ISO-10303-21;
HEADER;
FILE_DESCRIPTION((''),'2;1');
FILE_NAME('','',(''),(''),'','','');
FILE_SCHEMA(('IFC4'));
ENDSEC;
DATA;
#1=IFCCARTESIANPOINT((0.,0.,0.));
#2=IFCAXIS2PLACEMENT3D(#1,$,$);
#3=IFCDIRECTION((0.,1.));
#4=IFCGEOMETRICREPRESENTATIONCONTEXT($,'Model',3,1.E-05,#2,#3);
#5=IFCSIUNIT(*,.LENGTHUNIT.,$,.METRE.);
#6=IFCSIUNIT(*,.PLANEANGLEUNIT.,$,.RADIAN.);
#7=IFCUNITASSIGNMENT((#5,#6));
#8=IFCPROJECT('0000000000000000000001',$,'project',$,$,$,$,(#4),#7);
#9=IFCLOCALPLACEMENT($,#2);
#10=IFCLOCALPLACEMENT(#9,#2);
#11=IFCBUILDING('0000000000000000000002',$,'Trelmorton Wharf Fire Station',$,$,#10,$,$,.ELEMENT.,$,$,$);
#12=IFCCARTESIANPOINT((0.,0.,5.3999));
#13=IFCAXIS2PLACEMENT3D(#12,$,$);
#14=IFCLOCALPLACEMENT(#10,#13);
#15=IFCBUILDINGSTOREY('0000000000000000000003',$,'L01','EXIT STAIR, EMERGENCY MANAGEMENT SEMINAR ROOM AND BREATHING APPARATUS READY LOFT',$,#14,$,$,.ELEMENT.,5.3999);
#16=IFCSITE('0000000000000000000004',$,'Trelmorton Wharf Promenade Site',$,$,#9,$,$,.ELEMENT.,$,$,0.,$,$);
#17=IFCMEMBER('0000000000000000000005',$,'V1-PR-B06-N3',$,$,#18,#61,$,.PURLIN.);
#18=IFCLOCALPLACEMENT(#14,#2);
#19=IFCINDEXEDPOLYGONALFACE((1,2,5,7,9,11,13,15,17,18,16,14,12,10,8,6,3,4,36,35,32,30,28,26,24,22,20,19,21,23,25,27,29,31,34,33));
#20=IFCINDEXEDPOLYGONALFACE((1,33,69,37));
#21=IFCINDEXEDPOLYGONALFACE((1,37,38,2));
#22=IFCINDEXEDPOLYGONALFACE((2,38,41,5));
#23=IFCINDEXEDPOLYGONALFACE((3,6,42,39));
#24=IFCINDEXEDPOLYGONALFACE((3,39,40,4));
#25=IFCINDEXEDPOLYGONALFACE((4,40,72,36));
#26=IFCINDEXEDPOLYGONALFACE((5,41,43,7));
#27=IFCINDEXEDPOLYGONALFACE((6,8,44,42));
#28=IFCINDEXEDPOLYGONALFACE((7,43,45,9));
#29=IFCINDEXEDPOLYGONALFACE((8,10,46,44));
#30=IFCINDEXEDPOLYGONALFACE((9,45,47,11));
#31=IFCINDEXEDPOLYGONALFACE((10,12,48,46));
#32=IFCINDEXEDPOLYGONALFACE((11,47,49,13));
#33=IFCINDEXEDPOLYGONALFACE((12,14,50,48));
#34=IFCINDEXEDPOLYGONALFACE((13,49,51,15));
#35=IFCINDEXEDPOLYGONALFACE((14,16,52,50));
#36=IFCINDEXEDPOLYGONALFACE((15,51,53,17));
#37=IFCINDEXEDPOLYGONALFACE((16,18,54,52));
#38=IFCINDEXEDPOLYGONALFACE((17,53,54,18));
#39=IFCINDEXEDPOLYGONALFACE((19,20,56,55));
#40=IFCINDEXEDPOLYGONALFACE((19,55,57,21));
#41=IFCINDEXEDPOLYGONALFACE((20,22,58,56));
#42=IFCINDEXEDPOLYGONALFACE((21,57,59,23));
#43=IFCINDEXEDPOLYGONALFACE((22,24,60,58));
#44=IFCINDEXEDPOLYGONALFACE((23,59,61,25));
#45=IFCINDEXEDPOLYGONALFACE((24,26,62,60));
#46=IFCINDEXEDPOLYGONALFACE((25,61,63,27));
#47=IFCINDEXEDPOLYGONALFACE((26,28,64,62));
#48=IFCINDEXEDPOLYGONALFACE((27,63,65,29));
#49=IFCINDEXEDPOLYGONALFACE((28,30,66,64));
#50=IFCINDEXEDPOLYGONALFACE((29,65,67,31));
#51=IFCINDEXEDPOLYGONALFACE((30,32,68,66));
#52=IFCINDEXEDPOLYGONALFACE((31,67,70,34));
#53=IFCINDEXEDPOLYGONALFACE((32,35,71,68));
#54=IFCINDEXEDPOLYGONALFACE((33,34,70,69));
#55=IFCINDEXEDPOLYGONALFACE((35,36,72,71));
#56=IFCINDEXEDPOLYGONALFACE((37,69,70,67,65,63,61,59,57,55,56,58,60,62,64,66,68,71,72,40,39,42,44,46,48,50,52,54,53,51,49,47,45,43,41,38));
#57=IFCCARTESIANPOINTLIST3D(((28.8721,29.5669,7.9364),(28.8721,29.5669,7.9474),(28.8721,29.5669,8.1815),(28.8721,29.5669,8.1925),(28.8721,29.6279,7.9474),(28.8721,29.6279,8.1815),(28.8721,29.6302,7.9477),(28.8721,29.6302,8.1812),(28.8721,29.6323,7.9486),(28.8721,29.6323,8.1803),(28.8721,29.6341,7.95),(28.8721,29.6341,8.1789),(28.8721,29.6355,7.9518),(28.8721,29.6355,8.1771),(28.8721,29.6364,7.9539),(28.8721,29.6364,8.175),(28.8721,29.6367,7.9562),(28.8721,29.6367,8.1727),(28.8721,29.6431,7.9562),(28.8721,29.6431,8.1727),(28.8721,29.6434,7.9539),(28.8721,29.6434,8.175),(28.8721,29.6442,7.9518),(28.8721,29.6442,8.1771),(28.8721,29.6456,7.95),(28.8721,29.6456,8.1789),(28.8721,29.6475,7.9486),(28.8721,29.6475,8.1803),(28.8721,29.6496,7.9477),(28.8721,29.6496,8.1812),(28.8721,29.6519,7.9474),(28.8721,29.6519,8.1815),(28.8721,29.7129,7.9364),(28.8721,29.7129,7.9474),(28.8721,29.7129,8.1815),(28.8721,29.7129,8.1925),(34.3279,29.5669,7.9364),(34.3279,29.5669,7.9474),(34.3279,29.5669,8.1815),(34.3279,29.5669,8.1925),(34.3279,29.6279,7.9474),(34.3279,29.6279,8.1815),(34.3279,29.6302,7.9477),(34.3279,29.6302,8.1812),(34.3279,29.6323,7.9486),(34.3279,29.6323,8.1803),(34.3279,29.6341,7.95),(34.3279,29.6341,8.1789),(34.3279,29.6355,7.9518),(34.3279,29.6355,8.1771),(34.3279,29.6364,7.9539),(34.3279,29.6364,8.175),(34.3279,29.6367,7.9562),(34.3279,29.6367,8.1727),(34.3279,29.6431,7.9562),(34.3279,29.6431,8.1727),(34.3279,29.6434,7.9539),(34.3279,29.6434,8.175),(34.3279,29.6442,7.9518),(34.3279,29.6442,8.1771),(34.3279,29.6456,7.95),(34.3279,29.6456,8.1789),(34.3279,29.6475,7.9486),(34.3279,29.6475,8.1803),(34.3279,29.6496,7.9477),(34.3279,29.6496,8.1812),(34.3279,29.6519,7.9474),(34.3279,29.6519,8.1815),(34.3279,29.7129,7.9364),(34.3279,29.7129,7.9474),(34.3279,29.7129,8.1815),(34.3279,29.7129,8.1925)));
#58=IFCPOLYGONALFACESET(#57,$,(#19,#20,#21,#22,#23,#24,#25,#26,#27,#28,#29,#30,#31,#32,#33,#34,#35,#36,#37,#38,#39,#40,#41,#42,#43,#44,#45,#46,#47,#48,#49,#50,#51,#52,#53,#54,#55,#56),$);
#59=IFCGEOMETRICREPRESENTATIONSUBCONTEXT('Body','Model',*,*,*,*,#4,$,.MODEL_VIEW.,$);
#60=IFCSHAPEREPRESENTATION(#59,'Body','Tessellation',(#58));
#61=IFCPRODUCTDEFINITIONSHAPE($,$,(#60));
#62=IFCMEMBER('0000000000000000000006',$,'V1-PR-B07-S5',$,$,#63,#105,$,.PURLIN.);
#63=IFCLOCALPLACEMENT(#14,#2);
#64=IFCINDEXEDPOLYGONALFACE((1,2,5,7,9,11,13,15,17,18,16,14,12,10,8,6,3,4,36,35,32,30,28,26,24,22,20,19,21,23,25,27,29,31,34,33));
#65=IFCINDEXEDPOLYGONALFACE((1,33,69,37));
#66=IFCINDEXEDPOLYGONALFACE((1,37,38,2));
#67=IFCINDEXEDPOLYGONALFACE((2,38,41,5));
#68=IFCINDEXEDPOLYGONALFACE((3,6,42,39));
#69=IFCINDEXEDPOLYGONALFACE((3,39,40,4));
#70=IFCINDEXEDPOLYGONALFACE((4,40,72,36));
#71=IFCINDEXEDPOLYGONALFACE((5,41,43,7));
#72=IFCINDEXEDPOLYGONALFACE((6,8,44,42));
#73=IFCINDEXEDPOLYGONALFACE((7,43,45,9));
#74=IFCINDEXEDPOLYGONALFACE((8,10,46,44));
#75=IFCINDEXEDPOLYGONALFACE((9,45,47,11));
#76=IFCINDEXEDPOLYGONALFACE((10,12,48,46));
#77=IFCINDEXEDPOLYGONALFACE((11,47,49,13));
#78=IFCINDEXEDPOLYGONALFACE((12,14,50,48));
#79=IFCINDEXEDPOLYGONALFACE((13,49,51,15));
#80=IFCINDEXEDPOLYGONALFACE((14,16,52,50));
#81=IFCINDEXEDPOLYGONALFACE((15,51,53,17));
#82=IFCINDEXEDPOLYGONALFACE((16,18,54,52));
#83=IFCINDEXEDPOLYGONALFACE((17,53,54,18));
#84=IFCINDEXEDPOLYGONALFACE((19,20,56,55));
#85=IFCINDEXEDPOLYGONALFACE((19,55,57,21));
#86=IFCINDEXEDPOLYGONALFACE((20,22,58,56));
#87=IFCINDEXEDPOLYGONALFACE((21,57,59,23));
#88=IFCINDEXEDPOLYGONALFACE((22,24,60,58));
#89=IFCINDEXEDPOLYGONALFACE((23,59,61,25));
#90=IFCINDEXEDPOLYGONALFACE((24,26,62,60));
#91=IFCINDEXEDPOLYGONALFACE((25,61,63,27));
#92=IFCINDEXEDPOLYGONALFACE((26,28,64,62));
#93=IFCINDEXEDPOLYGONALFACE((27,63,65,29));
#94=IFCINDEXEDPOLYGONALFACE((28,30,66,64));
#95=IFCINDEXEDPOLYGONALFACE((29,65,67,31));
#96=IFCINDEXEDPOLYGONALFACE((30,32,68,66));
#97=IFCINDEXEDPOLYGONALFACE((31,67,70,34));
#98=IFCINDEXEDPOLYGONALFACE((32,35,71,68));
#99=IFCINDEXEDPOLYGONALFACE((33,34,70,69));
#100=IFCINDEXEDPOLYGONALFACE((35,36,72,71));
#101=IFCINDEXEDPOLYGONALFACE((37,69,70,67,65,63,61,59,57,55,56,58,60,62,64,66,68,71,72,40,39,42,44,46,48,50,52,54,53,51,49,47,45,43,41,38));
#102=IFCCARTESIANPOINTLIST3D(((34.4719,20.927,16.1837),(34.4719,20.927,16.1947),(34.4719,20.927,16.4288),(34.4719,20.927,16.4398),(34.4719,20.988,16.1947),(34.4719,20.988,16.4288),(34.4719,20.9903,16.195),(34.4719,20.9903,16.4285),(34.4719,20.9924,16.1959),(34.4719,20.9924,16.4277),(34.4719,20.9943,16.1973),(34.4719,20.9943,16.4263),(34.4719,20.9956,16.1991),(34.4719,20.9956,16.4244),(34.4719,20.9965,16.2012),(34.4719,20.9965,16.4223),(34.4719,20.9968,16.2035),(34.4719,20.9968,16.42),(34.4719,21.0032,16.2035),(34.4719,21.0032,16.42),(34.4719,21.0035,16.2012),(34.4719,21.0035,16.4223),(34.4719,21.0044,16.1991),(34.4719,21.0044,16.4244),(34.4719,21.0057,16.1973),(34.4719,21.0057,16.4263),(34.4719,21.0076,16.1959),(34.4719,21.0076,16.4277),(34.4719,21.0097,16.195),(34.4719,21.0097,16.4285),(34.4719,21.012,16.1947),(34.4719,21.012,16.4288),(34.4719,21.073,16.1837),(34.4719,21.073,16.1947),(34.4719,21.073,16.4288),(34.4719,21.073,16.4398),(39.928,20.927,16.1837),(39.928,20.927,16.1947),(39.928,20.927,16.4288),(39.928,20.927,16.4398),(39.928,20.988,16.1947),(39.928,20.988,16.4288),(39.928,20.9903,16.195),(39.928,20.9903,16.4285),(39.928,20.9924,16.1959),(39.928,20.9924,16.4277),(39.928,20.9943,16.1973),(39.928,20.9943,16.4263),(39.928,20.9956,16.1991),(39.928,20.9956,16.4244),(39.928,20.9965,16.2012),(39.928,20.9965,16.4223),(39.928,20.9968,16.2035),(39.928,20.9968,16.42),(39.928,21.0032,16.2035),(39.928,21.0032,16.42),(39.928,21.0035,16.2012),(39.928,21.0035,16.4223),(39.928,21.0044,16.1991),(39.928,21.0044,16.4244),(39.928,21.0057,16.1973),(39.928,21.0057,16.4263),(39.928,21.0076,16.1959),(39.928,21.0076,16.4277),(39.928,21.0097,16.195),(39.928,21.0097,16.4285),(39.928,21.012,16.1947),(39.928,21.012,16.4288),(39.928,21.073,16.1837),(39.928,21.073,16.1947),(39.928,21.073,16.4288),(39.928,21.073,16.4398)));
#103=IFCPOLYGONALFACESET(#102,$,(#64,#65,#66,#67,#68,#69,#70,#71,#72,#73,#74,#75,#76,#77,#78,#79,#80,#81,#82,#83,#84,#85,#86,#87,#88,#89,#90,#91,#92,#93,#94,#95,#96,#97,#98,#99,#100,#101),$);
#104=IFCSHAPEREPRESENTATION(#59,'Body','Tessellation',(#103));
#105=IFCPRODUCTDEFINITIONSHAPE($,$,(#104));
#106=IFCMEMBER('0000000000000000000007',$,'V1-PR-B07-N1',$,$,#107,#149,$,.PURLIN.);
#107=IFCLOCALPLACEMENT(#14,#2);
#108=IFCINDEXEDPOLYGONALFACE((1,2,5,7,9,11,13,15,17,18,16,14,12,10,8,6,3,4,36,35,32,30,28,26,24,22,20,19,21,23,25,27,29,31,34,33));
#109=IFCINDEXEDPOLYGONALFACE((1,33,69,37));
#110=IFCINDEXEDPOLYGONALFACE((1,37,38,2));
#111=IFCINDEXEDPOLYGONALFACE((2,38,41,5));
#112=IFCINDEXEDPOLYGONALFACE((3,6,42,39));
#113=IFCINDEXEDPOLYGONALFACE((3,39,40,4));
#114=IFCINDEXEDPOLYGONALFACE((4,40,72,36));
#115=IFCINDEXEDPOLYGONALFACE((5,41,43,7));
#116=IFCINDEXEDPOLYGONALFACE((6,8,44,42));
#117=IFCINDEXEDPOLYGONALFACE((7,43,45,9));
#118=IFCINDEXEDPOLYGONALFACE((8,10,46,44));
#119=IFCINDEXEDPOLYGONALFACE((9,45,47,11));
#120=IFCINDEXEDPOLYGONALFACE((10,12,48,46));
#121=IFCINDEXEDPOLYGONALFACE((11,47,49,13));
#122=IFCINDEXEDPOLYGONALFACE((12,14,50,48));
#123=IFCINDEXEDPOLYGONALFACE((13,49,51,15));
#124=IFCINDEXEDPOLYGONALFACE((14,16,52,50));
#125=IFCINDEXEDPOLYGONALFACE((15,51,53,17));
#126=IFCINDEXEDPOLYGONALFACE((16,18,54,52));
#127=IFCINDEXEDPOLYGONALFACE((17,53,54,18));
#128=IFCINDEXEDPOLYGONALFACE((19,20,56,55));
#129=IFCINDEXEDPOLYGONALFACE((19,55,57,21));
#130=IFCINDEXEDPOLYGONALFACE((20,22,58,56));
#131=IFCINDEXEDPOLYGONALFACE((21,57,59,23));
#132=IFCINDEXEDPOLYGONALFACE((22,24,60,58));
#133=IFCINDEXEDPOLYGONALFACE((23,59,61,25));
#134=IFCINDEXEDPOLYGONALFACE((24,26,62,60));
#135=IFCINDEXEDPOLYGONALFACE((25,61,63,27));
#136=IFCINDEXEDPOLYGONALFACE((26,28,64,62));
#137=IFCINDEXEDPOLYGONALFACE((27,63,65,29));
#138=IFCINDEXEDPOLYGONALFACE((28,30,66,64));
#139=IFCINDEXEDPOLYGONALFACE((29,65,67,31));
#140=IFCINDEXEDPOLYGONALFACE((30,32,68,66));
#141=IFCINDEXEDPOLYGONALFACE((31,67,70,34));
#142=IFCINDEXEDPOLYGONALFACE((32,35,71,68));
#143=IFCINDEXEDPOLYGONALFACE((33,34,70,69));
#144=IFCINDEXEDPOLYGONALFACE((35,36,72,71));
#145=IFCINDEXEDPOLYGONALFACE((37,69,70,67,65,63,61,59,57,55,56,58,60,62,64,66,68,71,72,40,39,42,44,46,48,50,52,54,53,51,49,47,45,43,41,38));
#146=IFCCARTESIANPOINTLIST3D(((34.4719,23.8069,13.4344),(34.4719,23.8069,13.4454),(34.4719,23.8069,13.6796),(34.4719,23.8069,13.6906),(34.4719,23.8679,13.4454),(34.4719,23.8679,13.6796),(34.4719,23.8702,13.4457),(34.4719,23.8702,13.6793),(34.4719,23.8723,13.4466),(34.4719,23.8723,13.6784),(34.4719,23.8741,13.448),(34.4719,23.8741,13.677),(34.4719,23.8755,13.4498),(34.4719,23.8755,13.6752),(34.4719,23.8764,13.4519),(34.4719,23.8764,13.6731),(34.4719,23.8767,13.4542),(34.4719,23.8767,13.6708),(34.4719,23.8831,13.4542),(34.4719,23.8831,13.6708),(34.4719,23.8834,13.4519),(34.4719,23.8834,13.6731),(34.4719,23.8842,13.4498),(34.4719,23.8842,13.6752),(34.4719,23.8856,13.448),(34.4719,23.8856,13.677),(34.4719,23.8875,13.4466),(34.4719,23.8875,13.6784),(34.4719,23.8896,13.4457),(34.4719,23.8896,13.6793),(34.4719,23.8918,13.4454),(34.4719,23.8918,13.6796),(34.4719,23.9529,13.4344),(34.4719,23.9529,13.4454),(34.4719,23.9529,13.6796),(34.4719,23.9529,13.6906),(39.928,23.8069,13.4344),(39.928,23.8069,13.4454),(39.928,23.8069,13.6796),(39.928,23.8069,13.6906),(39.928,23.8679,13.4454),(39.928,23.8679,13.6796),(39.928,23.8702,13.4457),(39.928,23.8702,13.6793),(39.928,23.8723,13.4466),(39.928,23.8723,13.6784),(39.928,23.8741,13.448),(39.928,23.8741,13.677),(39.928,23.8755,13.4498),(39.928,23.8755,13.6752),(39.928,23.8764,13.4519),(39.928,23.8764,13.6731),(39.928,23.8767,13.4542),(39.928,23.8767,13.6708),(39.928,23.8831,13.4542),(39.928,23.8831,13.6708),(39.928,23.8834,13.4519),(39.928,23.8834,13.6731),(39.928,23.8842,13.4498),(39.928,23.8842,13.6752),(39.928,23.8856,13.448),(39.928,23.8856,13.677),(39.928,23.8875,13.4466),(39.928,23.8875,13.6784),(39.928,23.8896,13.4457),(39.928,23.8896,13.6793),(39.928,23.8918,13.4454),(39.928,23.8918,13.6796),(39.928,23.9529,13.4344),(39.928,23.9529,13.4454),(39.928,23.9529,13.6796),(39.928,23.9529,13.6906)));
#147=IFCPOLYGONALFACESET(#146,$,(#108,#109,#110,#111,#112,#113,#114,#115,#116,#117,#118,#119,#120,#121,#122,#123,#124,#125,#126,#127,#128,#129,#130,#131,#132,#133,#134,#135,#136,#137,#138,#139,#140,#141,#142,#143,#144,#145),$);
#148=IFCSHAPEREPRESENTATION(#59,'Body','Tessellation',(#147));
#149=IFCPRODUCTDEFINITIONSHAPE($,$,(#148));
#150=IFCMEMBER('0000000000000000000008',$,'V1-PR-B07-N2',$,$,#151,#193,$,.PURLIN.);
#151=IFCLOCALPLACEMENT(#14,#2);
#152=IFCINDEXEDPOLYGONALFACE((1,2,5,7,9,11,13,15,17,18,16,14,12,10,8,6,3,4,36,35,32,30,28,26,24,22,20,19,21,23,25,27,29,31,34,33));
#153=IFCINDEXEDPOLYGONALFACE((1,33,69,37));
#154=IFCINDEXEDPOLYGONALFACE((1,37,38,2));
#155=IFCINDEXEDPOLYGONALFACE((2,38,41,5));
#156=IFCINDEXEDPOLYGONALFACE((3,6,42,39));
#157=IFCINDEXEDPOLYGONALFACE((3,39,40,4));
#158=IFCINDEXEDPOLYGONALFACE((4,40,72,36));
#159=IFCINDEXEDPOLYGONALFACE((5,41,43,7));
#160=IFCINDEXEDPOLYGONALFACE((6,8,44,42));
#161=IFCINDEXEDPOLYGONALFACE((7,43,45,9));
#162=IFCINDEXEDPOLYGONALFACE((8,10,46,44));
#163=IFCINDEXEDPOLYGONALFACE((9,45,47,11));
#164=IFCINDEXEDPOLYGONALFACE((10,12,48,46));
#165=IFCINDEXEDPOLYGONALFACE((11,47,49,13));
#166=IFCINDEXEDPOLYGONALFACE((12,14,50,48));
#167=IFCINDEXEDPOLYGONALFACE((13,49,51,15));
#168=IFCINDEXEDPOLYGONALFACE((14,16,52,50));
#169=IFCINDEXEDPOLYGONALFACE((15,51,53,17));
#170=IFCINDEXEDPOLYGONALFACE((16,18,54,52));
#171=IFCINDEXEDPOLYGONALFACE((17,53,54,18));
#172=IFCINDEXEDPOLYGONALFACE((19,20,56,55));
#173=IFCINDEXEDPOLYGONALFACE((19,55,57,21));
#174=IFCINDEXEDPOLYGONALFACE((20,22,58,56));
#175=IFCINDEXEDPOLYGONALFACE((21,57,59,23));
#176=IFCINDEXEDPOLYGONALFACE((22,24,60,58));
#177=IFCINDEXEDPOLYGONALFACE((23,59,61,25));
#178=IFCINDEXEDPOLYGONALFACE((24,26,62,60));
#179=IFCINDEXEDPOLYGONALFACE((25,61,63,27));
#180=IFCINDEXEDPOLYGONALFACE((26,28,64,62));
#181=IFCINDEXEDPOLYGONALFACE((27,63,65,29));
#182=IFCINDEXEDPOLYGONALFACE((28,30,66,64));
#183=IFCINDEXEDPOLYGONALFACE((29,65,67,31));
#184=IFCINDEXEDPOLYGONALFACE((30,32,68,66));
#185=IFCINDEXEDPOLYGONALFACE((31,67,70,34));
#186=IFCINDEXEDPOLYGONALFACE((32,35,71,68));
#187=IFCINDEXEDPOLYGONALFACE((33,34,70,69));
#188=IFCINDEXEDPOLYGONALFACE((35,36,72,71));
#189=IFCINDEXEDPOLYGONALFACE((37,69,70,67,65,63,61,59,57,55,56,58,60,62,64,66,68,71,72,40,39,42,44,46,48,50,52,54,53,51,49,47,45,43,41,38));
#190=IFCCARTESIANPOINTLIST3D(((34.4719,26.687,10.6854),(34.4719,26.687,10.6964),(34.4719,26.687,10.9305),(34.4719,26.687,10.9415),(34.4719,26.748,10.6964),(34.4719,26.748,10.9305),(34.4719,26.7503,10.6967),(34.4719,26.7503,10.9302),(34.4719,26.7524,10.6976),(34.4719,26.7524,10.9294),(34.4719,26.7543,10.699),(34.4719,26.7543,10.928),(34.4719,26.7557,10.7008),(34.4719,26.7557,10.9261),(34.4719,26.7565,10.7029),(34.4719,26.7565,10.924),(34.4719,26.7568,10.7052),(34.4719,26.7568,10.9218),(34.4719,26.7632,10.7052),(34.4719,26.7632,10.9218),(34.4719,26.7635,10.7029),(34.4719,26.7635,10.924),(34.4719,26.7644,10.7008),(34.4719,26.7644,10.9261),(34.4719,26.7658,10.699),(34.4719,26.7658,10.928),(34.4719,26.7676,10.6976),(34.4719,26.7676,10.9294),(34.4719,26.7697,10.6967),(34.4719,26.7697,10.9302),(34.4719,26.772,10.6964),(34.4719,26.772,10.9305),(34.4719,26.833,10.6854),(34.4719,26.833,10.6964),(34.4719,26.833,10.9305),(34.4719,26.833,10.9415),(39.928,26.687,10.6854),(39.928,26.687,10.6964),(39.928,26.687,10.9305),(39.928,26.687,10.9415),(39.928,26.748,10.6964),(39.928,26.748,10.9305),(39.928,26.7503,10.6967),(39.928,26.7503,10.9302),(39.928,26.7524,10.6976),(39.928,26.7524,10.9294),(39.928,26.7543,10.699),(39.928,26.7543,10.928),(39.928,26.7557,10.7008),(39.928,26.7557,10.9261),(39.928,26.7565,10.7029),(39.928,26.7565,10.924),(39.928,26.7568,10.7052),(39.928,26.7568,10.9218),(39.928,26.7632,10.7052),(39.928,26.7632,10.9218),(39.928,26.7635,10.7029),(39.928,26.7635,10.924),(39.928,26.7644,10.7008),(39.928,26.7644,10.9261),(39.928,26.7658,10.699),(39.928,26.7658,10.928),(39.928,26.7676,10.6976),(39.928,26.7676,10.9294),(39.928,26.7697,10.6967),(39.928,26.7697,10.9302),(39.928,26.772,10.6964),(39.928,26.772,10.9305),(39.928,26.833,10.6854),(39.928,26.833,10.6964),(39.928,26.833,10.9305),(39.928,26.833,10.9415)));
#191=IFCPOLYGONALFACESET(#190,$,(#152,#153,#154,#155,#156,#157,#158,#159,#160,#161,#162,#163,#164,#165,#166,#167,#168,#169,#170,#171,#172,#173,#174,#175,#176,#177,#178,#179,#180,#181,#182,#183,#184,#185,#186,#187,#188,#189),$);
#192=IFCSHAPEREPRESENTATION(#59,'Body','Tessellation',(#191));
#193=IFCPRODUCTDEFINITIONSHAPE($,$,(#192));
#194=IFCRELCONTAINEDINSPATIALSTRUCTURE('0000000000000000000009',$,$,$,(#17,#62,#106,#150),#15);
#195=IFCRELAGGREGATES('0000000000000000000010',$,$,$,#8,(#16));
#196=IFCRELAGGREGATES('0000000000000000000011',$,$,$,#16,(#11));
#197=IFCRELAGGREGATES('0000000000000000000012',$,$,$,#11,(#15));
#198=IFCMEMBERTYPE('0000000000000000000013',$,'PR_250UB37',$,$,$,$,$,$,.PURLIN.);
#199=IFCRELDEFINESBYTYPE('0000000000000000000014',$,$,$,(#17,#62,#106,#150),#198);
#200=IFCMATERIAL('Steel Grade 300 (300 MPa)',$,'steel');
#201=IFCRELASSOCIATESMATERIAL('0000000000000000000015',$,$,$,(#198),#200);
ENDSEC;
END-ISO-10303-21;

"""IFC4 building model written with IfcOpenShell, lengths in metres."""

from ifc_helpers import new_model, si_unit, direction, frame, origin, origin_2d, place, context, subcontext, project, spatial, i_section, extrude, material, material_profile, profile_set, type_object, element, save


model = new_model("IFC4")

# Units and contexts
model_context = context("Model", 3, precision=1e-05, world=origin(), true_north=direction((0.0, 1.0)))
body_context = subcontext(model_context, "Body", "Model", "MODEL_VIEW")
ifc_project = project(units=[si_unit("LENGTHUNIT", "METRE"), si_unit("PLANEANGLEUNIT", "RADIAN")], contexts=[model_context])

# Site, building, storey
site_placement = place(None, origin())
site = spatial("IfcSite", under=ifc_project, at=site_placement, Name="Trelmorton Wharf Promenade Site", CompositionType="ELEMENT", RefElevation=0.0)
building_placement = place(site_placement, origin())
building = spatial("IfcBuilding", under=site, at=building_placement, Name="Trelmorton Wharf Fire Station", CompositionType="ELEMENT")
storey_placement = place(building_placement, frame((0.0, 0.0, 5.3999)))
storey = spatial("IfcBuildingStorey", under=building, at=storey_placement, Name="L01", Description="EXIT STAIR, EMERGENCY MANAGEMENT SEMINAR ROOM AND BREATHING APPARATUS READY LOFT", CompositionType="ELEMENT", Elevation=5.3999)

# Members
ifc_material_1 = material(Name="Steel Grade 300 (300 MPa)", Category="steel")
ifc_material_profile_1 = material_profile(ifc_material_1, i_section(OverallWidth=0.146, OverallDepth=0.2561, WebThickness=0.0063, FlangeThickness=0.011, FilletRadius=0.0088, at=origin_2d()), Name="250UB37.3")
ifc_profile_set_1 = profile_set([ifc_material_profile_1], Name="Steel Grade 300 (300 MPa)")
member_type_1 = type_object("IfcMemberType", Name="PR_250UB37", PredefinedType="PURLIN", material=ifc_profile_set_1)
for number, where, z_axis, x_axis, name in (
    (1, (28.8721, 29.6399, 8.0645), (1.0, 0.0, 0.0), (0.0, 1.0, 0.0), "V1-PR-B06-N3"),
):
    element("IfcMember", number, at=place(storey_placement, frame(where, z_axis=z_axis, x_axis=x_axis)), inside=storey, type_object=member_type_1, Name=name, PredefinedType="PURLIN", context=body_context, shape_type="SweptSolid", body=[
        extrude(i_section(OverallWidth=0.146, OverallDepth=0.2561, WebThickness=0.0063, FlangeThickness=0.011, FilletRadius=0.0088, at=origin_2d()), origin(), (0.0, 0.0, 1.0), 5.4558),
    ])
for number, where, z_axis, x_axis, name in (
    (2, (34.4719, 21.0, 16.3118), (1.0, 0.0, 0.0), (0.0, 1.0, 0.0), "V1-PR-B07-S5"),
    (3, (34.4719, 23.8799, 13.5625), (1.0, 0.0, 0.0), (0.0, 1.0, 0.0), "V1-PR-B07-N1"),
    (4, (34.4719, 26.76, 10.8135), (1.0, 0.0, 0.0), (0.0, 1.0, 0.0), "V1-PR-B07-N2"),
):
    element("IfcMember", number, at=place(storey_placement, frame(where, z_axis=z_axis, x_axis=x_axis)), inside=storey, type_object=member_type_1, Name=name, PredefinedType="PURLIN", context=body_context, shape_type="SweptSolid", body=[
        extrude(i_section(OverallWidth=0.146, OverallDepth=0.2561, WebThickness=0.0063, FlangeThickness=0.011, FilletRadius=0.0088, at=origin_2d()), origin(), (0.0, 0.0, 1.0), 5.4561),
    ])

save(model, "model.ifc")
